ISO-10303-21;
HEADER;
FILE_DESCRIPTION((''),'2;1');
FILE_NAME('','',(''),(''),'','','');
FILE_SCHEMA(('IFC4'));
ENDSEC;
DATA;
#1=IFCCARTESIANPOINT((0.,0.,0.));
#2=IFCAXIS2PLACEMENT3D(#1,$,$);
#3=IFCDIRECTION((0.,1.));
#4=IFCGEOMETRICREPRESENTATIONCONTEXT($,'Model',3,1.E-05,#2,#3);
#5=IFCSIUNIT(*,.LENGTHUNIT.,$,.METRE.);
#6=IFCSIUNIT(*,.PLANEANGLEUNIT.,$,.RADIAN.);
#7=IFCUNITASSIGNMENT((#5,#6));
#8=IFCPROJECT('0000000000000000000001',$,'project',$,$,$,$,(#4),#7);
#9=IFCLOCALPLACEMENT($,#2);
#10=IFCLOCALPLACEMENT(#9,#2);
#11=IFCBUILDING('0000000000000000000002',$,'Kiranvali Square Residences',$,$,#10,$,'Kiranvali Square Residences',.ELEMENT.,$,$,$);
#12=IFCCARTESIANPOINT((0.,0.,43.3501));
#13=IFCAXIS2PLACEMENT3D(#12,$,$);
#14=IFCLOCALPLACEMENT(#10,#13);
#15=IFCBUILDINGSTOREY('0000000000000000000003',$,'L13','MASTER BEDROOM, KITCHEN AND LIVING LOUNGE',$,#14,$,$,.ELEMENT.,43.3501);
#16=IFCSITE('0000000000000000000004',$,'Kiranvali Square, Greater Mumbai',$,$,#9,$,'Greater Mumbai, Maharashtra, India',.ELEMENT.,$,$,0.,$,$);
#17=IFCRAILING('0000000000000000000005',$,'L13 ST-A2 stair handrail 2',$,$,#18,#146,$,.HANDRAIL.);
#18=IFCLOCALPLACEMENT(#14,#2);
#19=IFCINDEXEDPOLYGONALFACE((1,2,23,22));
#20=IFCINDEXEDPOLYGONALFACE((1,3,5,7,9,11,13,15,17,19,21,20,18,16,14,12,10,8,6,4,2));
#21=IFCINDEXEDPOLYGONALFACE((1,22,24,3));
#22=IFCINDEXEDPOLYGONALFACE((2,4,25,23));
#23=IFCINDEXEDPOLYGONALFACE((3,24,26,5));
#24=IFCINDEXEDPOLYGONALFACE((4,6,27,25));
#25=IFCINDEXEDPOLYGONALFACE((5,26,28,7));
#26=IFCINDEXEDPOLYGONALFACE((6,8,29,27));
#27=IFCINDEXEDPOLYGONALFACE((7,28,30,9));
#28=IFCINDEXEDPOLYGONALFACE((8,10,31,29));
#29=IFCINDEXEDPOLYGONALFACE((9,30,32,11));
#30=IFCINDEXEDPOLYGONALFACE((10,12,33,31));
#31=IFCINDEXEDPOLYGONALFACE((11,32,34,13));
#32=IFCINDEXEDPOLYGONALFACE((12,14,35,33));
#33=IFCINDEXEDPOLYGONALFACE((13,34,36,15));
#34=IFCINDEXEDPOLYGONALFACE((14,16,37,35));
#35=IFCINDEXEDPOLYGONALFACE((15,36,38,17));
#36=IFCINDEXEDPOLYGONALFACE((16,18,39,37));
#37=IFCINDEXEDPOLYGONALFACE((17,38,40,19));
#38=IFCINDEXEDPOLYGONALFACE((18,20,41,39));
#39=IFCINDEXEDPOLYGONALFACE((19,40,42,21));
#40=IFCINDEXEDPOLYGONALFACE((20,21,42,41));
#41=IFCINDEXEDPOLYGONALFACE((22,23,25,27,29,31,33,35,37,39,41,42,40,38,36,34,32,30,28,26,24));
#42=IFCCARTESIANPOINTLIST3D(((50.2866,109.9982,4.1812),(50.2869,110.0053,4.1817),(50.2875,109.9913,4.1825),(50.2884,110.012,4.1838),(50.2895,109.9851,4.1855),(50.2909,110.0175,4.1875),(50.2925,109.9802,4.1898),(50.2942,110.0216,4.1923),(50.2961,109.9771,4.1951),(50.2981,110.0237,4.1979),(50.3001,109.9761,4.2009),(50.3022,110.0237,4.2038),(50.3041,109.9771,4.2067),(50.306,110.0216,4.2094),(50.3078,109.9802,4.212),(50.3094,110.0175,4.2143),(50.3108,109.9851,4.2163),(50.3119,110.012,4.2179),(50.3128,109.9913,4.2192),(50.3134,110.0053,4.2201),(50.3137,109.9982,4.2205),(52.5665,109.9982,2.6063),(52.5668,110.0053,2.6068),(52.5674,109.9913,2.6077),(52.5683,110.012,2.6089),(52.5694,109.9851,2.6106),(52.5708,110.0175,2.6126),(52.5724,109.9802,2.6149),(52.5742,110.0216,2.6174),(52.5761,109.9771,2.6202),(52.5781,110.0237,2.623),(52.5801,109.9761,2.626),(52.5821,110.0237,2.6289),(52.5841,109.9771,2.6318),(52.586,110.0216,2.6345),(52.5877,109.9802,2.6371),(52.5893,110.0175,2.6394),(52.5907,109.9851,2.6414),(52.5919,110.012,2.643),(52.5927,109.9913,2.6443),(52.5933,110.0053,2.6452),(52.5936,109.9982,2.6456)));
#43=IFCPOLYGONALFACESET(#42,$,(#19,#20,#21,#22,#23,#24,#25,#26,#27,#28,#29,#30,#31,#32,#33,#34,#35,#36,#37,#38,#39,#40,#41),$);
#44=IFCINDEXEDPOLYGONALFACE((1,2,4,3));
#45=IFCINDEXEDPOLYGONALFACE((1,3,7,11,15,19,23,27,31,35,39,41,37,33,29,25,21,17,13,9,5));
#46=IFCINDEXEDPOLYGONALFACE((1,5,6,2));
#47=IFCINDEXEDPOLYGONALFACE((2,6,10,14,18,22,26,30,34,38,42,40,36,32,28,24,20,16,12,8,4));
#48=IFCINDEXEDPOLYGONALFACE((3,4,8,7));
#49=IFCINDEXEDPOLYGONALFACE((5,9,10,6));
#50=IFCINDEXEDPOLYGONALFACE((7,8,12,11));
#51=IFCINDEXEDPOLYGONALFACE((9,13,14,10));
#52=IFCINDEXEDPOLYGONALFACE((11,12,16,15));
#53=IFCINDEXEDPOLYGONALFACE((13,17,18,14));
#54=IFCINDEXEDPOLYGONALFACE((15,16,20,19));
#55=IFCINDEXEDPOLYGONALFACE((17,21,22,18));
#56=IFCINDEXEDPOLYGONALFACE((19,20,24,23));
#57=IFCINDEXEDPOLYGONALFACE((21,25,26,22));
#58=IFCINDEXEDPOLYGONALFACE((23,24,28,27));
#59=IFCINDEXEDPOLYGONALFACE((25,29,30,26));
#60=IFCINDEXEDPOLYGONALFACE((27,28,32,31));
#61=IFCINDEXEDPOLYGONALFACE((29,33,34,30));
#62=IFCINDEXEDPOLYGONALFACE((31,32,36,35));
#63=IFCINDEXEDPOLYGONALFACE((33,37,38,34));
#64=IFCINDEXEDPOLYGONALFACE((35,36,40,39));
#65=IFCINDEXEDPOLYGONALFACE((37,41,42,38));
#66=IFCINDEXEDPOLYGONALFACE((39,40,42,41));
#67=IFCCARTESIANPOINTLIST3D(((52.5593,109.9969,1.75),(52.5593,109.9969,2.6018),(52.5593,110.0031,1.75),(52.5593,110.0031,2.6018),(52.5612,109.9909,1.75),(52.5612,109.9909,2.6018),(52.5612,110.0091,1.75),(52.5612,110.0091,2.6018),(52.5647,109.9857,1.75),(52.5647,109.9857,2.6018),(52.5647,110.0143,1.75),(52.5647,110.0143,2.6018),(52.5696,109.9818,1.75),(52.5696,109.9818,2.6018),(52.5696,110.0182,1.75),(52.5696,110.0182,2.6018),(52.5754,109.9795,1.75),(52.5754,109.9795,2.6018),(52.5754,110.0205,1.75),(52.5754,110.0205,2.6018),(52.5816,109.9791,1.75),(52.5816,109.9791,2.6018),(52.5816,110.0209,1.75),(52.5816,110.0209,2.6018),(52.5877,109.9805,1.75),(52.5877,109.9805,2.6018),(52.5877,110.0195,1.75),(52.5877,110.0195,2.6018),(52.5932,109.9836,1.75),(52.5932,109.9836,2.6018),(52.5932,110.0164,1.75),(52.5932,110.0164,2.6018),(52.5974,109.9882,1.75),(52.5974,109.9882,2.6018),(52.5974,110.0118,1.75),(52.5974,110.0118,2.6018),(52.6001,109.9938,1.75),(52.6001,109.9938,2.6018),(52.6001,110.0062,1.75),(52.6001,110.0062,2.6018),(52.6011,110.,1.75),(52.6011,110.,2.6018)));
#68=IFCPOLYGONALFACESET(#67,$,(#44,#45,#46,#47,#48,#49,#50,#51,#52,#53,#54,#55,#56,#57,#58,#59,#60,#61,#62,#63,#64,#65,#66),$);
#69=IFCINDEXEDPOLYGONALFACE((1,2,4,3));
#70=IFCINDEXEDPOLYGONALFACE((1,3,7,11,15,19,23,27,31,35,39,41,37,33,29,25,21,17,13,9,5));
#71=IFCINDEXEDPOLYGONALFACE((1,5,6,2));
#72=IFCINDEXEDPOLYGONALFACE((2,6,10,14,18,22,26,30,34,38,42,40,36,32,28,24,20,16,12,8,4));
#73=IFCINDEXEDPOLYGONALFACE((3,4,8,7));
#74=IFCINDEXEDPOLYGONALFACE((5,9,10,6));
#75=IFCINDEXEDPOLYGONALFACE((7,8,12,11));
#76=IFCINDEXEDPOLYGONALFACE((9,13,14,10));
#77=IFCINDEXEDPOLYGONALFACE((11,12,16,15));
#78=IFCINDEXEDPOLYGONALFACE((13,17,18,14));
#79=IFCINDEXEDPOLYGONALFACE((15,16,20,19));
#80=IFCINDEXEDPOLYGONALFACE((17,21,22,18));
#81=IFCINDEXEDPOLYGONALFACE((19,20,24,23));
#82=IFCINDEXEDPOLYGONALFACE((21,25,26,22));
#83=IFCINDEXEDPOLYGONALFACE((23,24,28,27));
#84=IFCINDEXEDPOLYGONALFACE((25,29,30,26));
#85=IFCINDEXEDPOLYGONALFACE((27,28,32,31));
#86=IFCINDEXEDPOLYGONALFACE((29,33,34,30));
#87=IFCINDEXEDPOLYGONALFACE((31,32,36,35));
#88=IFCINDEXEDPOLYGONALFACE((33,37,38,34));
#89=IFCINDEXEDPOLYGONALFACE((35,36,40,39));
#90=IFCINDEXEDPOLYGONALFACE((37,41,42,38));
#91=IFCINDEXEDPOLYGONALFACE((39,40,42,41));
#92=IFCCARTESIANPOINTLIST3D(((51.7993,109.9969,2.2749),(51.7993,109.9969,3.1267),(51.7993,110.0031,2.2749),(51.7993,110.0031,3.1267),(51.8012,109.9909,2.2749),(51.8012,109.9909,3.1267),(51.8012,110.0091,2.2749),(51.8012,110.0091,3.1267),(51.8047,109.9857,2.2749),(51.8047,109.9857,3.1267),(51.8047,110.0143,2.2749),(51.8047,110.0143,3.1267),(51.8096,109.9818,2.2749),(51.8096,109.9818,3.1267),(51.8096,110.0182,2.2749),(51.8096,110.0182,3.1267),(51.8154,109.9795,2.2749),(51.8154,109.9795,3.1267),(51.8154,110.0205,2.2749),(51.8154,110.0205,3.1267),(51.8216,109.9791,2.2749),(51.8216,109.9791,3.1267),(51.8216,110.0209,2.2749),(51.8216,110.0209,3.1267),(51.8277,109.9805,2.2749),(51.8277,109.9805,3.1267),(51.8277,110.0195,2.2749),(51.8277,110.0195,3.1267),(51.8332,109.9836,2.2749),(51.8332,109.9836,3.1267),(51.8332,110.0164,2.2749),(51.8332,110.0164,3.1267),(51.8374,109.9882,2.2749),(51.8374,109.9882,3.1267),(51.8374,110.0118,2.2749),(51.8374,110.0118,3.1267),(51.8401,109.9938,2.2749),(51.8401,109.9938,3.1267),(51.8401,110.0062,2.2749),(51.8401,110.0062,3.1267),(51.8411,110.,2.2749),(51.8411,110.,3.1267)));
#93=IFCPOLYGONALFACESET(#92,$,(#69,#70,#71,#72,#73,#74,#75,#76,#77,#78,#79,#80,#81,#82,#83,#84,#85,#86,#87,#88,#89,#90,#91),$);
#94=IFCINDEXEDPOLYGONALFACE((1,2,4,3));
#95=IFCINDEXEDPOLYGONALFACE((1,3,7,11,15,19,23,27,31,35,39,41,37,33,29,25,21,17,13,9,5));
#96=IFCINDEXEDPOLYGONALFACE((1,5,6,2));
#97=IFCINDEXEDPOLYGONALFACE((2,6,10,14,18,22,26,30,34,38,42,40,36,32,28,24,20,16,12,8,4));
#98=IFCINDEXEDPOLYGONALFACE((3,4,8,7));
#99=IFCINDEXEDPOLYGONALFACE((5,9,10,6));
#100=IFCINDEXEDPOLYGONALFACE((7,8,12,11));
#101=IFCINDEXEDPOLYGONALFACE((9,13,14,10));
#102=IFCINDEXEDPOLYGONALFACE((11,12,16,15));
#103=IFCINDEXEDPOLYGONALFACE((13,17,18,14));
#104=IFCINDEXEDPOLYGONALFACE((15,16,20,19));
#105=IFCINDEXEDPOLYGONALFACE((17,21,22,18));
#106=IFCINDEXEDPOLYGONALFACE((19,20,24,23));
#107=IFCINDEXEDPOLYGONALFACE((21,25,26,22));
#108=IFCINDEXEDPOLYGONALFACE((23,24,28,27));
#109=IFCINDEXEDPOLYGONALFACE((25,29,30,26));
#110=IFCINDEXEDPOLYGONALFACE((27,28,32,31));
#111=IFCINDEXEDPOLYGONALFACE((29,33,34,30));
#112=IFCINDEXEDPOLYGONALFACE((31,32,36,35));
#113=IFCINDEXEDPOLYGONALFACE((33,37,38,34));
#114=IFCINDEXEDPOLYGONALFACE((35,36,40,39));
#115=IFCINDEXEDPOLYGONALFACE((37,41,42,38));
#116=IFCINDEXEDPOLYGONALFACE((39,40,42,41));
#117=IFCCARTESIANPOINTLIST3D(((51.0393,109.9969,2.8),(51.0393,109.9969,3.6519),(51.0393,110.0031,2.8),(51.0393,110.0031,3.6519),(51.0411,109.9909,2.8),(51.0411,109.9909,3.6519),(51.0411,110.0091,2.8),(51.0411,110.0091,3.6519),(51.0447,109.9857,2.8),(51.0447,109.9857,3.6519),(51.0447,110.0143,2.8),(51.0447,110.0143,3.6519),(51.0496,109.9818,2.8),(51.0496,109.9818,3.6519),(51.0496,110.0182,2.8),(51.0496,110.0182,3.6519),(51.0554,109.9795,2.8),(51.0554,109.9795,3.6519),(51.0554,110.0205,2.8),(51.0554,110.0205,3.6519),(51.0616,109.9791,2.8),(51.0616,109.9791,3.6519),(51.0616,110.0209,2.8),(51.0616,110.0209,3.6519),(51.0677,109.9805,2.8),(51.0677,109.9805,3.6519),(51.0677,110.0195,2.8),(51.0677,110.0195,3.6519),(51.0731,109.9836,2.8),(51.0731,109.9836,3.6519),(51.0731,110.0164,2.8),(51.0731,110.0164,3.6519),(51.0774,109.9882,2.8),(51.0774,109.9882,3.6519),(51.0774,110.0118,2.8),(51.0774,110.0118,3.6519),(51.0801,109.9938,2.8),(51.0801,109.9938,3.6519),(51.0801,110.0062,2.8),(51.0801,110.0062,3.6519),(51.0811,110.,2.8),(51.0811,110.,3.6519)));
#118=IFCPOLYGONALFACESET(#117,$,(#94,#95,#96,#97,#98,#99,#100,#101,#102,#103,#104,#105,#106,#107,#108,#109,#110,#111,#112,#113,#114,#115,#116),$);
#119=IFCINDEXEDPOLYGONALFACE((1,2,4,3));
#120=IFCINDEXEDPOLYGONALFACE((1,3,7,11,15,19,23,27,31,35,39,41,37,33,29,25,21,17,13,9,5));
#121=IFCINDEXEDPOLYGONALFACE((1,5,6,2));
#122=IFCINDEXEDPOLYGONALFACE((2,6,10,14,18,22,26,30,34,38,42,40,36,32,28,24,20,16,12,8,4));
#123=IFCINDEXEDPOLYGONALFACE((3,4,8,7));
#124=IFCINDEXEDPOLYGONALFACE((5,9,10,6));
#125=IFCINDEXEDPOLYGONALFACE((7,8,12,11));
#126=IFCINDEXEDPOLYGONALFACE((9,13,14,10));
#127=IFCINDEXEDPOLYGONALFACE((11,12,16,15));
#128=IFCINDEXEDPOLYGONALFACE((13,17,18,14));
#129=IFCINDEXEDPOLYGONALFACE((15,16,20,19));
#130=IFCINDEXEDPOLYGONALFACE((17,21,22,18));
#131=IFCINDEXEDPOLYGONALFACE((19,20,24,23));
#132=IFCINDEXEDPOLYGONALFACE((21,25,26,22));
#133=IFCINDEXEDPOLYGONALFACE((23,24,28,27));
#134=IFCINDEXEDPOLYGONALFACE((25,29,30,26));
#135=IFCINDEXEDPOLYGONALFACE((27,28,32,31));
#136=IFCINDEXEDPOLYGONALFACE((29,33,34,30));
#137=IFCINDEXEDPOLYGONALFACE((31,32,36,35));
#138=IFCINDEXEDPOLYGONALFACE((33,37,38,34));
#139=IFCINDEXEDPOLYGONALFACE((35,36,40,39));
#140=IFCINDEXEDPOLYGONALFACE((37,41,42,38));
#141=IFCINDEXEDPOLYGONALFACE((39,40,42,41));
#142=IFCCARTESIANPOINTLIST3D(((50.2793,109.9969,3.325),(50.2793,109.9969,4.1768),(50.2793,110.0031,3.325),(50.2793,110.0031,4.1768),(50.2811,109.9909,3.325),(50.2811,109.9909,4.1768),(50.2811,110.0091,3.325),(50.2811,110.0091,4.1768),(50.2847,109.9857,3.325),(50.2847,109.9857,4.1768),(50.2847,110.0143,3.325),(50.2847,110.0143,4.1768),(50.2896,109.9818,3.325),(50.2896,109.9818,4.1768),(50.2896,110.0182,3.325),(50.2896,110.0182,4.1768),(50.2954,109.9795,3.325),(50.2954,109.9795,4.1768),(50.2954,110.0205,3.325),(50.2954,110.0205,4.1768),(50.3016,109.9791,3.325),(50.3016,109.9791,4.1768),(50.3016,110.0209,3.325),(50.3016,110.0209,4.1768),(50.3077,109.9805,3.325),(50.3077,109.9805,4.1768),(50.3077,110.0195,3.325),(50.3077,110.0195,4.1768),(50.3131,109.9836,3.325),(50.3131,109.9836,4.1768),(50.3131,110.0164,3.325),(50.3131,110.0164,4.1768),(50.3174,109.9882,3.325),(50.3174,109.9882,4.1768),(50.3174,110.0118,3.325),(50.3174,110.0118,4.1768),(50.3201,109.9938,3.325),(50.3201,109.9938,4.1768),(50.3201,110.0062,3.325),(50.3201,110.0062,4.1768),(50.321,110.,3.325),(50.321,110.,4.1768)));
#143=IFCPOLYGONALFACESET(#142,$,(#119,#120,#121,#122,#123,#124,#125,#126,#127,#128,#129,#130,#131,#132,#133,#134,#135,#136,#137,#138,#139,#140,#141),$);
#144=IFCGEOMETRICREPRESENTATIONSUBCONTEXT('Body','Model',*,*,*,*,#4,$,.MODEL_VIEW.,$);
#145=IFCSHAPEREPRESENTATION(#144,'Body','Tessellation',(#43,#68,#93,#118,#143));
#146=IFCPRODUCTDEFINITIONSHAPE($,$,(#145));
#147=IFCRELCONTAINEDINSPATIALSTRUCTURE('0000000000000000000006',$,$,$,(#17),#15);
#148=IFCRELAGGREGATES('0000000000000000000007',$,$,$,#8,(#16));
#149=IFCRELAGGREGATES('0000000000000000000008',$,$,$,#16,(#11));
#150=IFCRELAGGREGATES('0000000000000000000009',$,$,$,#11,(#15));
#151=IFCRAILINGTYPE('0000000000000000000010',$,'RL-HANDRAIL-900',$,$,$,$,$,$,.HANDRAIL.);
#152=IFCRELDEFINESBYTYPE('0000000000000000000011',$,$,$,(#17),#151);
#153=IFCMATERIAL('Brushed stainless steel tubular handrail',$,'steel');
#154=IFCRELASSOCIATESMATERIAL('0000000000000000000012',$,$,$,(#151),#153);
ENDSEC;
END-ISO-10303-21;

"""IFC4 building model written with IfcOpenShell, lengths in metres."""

from ifc_helpers import new_model, si_unit, direction, frame, origin, origin_2d, place, context, subcontext, project, spatial, circle, extrude, material, type_object, element, save


model = new_model("IFC4")

# Units and contexts
model_context = context("Model", 3, precision=1e-05, world=origin(), true_north=direction((0.0, 1.0)))
body_context = subcontext(model_context, "Body", "Model", "MODEL_VIEW")
ifc_project = project(units=[si_unit("LENGTHUNIT", "METRE"), si_unit("PLANEANGLEUNIT", "RADIAN")], contexts=[model_context])

# Site, building, storey
site_placement = place(None, origin())
site = spatial("IfcSite", under=ifc_project, at=site_placement, Name="Kiranvali Square, Greater Mumbai", LongName="Greater Mumbai, Maharashtra, India", CompositionType="ELEMENT", RefElevation=0.0)
building_placement = place(site_placement, origin())
building = spatial("IfcBuilding", under=site, at=building_placement, Name="Kiranvali Square Residences", LongName="Kiranvali Square Residences", CompositionType="ELEMENT")
storey_placement = place(building_placement, frame((0.0, 0.0, 43.3501)))
storey = spatial("IfcBuildingStorey", under=building, at=storey_placement, Name="L13", Description="MASTER BEDROOM, KITCHEN AND LIVING LOUNGE", CompositionType="ELEMENT", Elevation=43.3501)

# Railing
ifc_material_1 = material(Name="Brushed stainless steel tubular handrail", Category="steel")
railing_type_1 = type_object("IfcRailingType", Name="RL-HANDRAIL-900", PredefinedType="HANDRAIL", material=ifc_material_1)
railing_1_placement = place(storey_placement, frame((52.5801, 110.0, 1.75)))
element("IfcRailing", 1, at=railing_1_placement, inside=storey, type_object=railing_type_1, Name="L13 ST-A2 stair handrail 2", PredefinedType="HANDRAIL", context=body_context, shape_type="SweptSolid", body=[
    extrude(circle(Radius=0.0239, at=origin_2d()), frame((0.0, 0.0, 0.876), z_axis=(-0.822788, 0.0, 0.568348), x_axis=(0.0, -1.0, 0.0)), (0.0, 0.0, 1.0), 2.771),
    extrude(circle(Radius=0.021, at=origin_2d()), origin(), (0.0, 0.0, 1.0), 0.8518),
    extrude(circle(Radius=0.021, at=origin_2d()), frame((-0.76, 0.0, 0.5249)), (0.0, 0.0, 1.0), 0.8518),
    extrude(circle(Radius=0.021, at=origin_2d()), frame((-1.52, 0.0, 1.05)), (0.0, 0.0, 1.0), 0.8518),
    extrude(circle(Radius=0.021, at=origin_2d()), frame((-2.28, 0.0, 1.575)), (0.0, 0.0, 1.0), 0.8518),
])

save(model, "model.ifc")
